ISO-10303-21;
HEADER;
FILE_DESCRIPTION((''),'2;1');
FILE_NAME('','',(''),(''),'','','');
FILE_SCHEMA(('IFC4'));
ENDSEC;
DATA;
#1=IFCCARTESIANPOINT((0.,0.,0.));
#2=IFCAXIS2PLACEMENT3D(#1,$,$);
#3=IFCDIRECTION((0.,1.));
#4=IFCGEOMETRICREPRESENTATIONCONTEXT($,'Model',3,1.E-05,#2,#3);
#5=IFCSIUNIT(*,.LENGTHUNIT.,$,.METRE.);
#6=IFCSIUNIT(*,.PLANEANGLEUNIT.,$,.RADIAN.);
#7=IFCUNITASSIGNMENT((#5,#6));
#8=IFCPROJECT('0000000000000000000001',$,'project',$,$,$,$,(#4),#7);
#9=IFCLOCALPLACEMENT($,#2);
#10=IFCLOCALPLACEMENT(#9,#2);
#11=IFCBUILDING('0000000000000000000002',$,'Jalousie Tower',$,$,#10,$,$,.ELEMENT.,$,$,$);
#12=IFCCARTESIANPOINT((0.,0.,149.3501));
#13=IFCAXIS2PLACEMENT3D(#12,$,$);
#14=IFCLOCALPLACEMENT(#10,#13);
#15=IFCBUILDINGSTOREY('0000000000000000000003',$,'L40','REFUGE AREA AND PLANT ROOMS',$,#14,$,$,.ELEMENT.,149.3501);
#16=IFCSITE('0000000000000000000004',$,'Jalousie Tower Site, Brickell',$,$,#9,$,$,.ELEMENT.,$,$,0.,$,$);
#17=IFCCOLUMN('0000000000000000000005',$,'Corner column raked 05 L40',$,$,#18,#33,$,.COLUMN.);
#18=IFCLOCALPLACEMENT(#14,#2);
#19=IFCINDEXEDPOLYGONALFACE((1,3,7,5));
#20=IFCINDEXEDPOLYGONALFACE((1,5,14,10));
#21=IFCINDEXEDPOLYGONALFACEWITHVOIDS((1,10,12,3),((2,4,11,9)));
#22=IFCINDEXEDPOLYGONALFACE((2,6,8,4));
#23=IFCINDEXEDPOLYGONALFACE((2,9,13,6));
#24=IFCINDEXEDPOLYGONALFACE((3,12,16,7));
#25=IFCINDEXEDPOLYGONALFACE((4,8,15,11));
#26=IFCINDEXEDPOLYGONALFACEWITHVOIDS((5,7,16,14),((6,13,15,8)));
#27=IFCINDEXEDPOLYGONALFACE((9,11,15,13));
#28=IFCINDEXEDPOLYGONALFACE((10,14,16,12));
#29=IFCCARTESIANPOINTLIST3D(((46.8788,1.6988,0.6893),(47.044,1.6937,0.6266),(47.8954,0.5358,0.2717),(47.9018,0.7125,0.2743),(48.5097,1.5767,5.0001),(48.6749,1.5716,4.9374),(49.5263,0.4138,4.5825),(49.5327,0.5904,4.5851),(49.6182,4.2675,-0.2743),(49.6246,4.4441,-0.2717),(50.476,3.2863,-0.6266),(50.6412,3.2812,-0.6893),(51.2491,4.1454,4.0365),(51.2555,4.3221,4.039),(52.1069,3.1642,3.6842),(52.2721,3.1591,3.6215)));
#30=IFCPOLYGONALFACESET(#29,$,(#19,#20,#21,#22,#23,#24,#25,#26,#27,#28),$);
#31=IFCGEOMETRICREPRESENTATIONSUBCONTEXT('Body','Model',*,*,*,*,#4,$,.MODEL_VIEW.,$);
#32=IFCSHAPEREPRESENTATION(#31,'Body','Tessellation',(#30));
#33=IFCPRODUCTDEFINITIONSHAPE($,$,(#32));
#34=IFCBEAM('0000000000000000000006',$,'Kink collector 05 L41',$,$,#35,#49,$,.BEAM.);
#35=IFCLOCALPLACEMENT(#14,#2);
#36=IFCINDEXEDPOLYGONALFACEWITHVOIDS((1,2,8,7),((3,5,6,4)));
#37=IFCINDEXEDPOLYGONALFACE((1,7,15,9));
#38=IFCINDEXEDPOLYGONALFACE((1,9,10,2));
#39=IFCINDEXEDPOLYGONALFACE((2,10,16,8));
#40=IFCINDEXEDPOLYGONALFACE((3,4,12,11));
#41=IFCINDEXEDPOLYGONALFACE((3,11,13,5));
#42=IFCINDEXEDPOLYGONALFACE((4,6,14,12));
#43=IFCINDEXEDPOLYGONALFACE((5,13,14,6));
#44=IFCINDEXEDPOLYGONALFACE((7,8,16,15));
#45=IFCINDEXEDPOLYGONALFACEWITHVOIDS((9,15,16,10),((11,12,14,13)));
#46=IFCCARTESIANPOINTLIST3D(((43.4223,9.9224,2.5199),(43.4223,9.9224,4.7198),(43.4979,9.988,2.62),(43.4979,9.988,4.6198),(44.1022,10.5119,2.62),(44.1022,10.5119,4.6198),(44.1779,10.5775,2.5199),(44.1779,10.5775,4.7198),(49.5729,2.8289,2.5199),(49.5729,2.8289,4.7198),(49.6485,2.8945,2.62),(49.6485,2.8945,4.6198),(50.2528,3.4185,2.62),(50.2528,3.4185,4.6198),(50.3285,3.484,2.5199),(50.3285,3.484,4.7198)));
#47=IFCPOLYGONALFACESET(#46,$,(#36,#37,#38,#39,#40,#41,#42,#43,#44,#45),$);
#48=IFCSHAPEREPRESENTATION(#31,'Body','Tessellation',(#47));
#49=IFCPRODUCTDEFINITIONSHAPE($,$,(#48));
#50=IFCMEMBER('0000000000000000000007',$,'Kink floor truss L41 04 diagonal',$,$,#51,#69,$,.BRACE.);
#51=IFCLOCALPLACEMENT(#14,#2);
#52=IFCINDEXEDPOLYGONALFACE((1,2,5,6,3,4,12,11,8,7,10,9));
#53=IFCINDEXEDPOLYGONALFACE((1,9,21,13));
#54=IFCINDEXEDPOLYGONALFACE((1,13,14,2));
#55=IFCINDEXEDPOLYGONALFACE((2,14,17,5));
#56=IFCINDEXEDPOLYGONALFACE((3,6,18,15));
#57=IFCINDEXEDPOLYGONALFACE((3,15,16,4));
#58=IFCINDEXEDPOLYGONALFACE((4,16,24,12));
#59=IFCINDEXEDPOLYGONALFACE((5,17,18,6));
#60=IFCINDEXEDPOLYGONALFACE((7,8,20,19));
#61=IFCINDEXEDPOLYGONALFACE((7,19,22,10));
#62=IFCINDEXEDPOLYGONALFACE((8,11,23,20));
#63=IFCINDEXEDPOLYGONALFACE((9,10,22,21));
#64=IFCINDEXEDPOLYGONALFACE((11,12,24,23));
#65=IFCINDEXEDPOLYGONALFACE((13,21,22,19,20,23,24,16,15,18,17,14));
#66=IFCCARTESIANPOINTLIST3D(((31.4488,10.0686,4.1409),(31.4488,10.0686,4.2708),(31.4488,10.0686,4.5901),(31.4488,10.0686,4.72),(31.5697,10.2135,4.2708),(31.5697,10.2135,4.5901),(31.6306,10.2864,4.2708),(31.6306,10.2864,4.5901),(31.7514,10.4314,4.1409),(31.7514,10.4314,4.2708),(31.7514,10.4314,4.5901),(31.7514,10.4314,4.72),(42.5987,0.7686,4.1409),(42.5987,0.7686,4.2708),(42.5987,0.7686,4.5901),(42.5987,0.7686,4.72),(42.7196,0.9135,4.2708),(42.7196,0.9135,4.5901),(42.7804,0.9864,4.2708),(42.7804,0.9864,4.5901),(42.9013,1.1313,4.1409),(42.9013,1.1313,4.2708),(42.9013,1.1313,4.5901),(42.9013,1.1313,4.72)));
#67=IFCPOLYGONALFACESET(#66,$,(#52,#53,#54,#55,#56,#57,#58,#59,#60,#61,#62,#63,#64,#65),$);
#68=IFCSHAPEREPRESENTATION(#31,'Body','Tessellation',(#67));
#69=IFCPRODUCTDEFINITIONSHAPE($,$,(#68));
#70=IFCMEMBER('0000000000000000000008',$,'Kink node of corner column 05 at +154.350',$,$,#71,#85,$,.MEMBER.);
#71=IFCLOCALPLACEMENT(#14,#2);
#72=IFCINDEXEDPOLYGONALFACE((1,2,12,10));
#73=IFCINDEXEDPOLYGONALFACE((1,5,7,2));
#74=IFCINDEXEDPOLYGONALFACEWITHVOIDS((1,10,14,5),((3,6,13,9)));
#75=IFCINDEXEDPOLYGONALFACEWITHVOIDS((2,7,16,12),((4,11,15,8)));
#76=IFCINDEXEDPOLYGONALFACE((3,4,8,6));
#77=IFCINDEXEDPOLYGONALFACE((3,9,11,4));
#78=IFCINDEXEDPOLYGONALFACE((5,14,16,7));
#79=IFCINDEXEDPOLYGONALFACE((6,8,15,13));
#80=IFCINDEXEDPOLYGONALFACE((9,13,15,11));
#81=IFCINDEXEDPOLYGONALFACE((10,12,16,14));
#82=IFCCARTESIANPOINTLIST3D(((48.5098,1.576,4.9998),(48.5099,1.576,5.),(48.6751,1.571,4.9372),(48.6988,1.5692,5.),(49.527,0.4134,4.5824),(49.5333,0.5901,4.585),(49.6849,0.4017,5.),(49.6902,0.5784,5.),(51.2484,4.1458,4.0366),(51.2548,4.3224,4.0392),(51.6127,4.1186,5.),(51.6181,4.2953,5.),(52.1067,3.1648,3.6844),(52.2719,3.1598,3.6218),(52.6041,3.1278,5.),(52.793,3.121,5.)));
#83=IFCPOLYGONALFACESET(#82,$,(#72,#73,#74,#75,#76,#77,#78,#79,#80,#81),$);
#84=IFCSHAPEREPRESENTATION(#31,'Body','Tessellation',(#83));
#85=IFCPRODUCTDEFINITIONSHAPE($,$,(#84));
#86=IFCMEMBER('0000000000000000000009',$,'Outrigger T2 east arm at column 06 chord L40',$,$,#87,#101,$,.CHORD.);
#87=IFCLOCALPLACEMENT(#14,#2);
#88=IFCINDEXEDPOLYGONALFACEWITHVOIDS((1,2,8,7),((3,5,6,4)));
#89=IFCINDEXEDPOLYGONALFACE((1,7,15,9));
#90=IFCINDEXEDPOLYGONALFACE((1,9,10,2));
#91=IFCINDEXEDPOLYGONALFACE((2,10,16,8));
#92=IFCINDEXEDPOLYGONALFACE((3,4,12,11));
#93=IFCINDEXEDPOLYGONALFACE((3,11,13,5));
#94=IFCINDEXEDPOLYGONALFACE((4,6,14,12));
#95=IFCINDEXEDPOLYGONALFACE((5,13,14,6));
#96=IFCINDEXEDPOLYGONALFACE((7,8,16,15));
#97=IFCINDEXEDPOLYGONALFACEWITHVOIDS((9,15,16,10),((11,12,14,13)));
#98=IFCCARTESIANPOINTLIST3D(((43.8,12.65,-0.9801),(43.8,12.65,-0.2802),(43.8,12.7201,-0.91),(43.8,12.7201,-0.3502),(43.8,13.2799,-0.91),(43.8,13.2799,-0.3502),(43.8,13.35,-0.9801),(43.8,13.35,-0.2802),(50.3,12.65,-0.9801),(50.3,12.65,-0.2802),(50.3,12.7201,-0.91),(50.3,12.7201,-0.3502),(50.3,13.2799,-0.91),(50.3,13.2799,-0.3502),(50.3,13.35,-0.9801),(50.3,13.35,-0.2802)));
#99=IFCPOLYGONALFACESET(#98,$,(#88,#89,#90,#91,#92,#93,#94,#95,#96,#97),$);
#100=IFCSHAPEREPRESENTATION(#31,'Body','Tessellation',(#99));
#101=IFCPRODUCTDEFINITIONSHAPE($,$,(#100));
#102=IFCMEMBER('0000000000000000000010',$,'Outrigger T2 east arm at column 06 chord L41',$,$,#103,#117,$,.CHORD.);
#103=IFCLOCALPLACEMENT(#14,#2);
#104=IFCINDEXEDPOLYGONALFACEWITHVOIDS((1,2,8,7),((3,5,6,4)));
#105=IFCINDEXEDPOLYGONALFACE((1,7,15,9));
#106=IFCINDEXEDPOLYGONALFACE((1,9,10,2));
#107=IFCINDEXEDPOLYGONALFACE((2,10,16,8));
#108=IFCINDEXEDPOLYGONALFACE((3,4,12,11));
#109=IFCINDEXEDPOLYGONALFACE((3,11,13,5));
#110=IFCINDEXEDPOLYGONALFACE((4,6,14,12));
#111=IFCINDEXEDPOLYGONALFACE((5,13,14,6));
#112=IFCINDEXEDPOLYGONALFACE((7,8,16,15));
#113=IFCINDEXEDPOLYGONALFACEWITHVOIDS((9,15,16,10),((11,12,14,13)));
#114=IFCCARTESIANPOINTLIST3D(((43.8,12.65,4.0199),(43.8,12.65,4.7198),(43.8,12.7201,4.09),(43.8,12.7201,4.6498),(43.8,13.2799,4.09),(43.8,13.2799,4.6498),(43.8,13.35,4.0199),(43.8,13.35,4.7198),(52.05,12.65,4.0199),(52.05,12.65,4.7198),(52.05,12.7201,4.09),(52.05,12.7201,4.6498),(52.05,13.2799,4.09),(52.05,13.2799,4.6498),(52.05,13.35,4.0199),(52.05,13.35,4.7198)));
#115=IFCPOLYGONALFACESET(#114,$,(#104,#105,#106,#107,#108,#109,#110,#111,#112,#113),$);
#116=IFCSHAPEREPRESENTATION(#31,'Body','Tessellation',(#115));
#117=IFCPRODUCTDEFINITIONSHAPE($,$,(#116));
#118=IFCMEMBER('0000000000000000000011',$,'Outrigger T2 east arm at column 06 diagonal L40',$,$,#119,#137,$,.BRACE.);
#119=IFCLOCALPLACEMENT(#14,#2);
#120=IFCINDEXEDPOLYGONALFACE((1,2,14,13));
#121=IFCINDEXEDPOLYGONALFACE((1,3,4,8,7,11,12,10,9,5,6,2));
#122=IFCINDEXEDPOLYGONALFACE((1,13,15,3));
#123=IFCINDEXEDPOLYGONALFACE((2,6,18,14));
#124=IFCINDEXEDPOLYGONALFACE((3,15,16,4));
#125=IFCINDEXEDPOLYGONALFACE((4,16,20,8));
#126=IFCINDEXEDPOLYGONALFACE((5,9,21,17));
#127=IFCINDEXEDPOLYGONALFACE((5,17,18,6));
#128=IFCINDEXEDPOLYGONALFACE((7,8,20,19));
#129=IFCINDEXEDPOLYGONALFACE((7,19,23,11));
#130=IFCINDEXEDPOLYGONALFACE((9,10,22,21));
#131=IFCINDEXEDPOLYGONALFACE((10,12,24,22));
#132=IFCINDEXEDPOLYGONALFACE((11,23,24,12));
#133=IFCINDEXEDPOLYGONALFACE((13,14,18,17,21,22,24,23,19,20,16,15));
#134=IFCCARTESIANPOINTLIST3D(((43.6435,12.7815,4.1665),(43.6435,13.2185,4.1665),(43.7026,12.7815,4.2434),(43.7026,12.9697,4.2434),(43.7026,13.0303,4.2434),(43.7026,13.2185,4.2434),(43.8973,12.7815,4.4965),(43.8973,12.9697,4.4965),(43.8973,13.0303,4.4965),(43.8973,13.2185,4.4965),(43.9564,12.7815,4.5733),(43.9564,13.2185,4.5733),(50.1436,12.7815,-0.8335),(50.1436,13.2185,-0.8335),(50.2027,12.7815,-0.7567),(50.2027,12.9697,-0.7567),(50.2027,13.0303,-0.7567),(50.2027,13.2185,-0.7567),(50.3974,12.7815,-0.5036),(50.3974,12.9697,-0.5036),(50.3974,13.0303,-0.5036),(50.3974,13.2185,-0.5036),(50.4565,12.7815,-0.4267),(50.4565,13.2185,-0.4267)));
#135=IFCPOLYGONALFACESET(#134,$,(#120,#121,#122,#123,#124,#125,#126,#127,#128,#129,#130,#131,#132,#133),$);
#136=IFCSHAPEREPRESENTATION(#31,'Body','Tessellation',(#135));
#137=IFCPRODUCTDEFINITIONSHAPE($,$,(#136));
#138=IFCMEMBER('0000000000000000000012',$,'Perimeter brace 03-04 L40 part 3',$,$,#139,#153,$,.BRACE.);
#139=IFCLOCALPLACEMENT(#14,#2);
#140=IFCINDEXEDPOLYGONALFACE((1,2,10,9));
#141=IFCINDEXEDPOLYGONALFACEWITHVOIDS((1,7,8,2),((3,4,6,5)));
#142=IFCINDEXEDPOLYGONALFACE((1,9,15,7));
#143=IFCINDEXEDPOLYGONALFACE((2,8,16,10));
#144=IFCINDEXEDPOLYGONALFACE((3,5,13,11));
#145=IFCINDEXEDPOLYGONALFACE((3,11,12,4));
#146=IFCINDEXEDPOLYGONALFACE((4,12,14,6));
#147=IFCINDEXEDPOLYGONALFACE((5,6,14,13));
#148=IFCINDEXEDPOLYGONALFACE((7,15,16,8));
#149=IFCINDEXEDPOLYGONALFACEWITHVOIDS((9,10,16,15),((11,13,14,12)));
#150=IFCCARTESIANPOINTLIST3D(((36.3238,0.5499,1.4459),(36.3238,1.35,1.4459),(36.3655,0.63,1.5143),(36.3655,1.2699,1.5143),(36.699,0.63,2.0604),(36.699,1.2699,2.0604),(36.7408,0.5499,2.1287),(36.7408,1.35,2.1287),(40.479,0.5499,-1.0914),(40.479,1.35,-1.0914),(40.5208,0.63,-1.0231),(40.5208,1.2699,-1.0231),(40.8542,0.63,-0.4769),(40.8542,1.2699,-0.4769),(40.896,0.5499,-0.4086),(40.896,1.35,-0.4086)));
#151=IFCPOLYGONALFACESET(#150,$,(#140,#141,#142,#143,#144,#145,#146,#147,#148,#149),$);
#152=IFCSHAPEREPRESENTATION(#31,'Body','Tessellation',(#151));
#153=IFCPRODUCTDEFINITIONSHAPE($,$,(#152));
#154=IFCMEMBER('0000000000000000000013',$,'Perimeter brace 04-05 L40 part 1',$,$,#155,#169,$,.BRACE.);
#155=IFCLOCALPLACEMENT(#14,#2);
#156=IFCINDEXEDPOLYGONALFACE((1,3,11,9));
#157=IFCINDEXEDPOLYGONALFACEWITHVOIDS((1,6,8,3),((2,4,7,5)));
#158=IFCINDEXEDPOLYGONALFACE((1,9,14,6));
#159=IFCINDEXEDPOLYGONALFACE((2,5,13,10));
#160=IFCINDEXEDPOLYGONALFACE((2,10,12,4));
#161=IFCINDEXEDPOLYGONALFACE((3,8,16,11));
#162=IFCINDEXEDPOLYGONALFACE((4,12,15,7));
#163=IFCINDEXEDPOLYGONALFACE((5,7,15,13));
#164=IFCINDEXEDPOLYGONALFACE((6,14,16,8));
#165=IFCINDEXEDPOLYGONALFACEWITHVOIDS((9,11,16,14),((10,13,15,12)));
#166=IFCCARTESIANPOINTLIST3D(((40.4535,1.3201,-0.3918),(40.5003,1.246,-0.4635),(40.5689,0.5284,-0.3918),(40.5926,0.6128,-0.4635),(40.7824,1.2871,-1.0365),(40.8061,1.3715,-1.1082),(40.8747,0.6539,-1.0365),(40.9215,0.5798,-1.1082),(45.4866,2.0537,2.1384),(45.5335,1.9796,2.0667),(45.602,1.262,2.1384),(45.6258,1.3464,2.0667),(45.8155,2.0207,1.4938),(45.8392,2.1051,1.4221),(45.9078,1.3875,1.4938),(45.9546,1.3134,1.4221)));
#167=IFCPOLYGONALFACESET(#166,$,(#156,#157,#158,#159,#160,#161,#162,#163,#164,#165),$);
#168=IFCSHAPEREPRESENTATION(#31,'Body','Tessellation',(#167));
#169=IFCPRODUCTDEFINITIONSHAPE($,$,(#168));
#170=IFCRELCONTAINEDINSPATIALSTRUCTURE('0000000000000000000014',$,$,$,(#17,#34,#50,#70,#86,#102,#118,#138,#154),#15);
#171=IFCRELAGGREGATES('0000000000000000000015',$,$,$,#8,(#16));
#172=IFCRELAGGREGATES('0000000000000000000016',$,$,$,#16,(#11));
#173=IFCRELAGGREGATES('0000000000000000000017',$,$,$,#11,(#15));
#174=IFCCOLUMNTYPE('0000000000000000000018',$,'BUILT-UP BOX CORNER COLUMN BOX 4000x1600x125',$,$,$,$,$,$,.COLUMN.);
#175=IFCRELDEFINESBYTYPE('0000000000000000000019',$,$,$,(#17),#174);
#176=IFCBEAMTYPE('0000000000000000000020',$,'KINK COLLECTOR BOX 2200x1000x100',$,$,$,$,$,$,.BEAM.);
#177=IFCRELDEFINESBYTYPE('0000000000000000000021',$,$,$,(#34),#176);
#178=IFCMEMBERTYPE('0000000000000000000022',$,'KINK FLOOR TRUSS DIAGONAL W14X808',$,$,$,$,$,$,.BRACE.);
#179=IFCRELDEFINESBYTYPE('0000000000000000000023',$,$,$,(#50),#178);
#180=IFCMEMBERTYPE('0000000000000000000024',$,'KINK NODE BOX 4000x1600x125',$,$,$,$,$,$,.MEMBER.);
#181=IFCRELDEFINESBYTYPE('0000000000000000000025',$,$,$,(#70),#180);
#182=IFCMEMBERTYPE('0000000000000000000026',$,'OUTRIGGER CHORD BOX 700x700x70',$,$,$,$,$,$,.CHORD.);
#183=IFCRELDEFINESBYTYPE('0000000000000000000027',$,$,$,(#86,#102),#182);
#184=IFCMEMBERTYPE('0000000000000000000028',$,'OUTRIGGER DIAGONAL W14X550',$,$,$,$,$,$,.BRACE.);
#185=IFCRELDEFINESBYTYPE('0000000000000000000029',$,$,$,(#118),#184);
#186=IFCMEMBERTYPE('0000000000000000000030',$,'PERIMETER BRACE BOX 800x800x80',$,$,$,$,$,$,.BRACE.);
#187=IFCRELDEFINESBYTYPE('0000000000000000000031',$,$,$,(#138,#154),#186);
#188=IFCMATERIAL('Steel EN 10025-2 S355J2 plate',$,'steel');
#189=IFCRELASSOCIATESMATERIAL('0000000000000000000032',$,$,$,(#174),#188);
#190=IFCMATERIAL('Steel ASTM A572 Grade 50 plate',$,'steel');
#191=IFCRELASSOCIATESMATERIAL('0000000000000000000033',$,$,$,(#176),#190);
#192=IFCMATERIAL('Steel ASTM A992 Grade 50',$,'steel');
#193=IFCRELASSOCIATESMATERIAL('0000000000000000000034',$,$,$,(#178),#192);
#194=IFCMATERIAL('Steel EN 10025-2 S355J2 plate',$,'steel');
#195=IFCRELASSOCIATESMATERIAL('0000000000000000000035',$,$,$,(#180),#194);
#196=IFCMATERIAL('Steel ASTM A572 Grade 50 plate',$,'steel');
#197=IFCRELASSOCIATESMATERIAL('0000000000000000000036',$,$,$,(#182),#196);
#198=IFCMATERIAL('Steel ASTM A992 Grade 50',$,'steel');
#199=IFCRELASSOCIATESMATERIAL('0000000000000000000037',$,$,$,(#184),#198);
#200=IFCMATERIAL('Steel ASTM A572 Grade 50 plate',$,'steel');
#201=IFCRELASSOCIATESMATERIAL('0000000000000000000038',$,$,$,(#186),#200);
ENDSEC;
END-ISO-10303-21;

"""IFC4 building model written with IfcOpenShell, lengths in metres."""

from ifc_helpers import new_model, si_unit, direction, frame, origin, origin_2d, place, context, subcontext, project, spatial, hollow_rectangle, i_section, extrude, clip, halfspace, material, material_profile, profile_set, type_object, element, save


model = new_model("IFC4")

# Units and contexts
model_context = context("Model", 3, precision=1e-05, world=origin(), true_north=direction((0.0, 1.0)))
body_context = subcontext(model_context, "Body", "Model", "MODEL_VIEW")
ifc_project = project(units=[si_unit("LENGTHUNIT", "METRE"), si_unit("PLANEANGLEUNIT", "RADIAN")], contexts=[model_context])

# Site, building, storey
site_placement = place(None, origin())
site = spatial("IfcSite", under=ifc_project, at=site_placement, Name="Jalousie Tower Site, Brickell", CompositionType="ELEMENT", RefElevation=0.0)
building_placement = place(site_placement, origin())
building = spatial("IfcBuilding", under=site, at=building_placement, Name="Jalousie Tower", CompositionType="ELEMENT")
storey_placement = place(building_placement, frame((0.0, 0.0, 149.3501)))
storey = spatial("IfcBuildingStorey", under=building, at=storey_placement, Name="L40", Description="REFUGE AREA AND PLANT ROOMS", CompositionType="ELEMENT", Elevation=149.3501)

# Column
ifc_material_1 = material(Name="Steel EN 10025-2 S355J2 plate", Category="steel")
ifc_material_profile_1 = material_profile(ifc_material_1, hollow_rectangle(XDim=1.6001, YDim=4.0, WallThickness=0.125, at=origin_2d()), Name="BOX 4000x1600x125")
ifc_profile_set_1 = profile_set([ifc_material_profile_1], Name="Steel EN 10025-2 S355J2 plate")
column_type = type_object("IfcColumnType", Name="BUILT-UP BOX CORNER COLUMN BOX 4000x1600x125", PredefinedType="COLUMN", material=ifc_profile_set_1)
column_placement = place(storey_placement, frame((48.76, 2.49, 0.0), z_axis=(0.353721, -0.026479, 0.934976), x_axis=(-0.635349, 0.7268, 0.260949)))
element("IfcColumn", 1, at=column_placement, inside=storey, type_object=column_type, Name="Corner column raked 05 L40", PredefinedType="COLUMN", context=body_context, shape_type="SweptSolid", body=[
    extrude(hollow_rectangle(XDim=1.6001, YDim=4.0, WallThickness=0.125, at=origin_2d()), origin(), (0.0, 0.0, 1.0), 4.6106),
])

# Beam
ifc_material_2 = material(Name="Steel ASTM A572 Grade 50 plate", Category="steel")
ifc_material_profile_2 = material_profile(ifc_material_2, hollow_rectangle(XDim=1.0, YDim=2.2, WallThickness=0.1001, at=origin_2d()), Name="BOX 2200x1000x100")
ifc_profile_set_2 = profile_set([ifc_material_profile_2], Name="Steel ASTM A572 Grade 50 plate")
beam_type_1 = type_object("IfcBeamType", Name="KINK COLLECTOR BOX 2200x1000x100", PredefinedType="BEAM", material=ifc_profile_set_2)
beam_1_placement = place(storey_placement, frame((49.9507, 3.1565, 3.6199), z_axis=(-0.655109, 0.755535, 0.0), x_axis=(-0.755535, -0.655109, 0.0)))
element("IfcBeam", 2, at=beam_1_placement, inside=storey, type_object=beam_type_1, Name="Kink collector 05 L41", PredefinedType="BEAM", context=body_context, shape_type="SweptSolid", body=[
    extrude(hollow_rectangle(XDim=1.0, YDim=2.2, WallThickness=0.1001, at=origin_2d()), origin(), (0.0, 0.0, 1.0), 9.3887),
])

# Members
ifc_material_3 = material(Name="Steel ASTM A992 Grade 50", Category="steel")
ifc_material_profile_3 = material_profile(ifc_material_3, i_section(OverallWidth=0.4724, OverallDepth=0.5791, WebThickness=0.095, FlangeThickness=0.1299, at=origin_2d()), Name="W14X808")
ifc_profile_set_3 = profile_set([ifc_material_profile_3], Name="Steel ASTM A992 Grade 50")
member_type_1 = type_object("IfcMemberType", Name="KINK FLOOR TRUSS DIAGONAL W14X808", PredefinedType="BRACE", material=ifc_profile_set_3)
member_1_placement = place(storey_placement, frame((42.75, 0.95, 4.4304), z_axis=(-0.767935, 0.640528, 0.0), x_axis=(-0.640528, -0.767935, 0.0)))
element("IfcMember", 3, at=member_1_placement, inside=storey, type_object=member_type_1, Name="Kink floor truss L41 04 diagonal", PredefinedType="BRACE", context=body_context, shape_type="SweptSolid", body=[
    extrude(i_section(OverallWidth=0.4724, OverallDepth=0.5791, WebThickness=0.095, FlangeThickness=0.1299, at=origin_2d()), origin(), (0.0, 0.0, 1.0), 14.5193),
])
ifc_material_4 = material(Name="Steel EN 10025-2 S355J2 plate", Category="steel")
ifc_material_profile_4 = material_profile(ifc_material_4, hollow_rectangle(XDim=1.6001, YDim=4.0, WallThickness=0.125, at=origin_2d()), Name="BOX 4000x1600x125")
ifc_profile_set_4 = profile_set([ifc_material_profile_4], Name="Steel EN 10025-2 S355J2 plate")
member_type_2 = type_object("IfcMemberType", Name="KINK NODE BOX 4000x1600x125", PredefinedType="MEMBER", material=ifc_profile_set_4)
member_2_placement = place(storey_placement, frame((50.3909, 2.3679, 4.3108), z_axis=(0.353578, -0.026332, 0.935035), x_axis=(-0.63567, 0.72656, 0.260836)))
element("IfcMember", 4, at=member_2_placement, inside=storey, type_object=member_type_2, Name="Kink node of corner column 05 at +154.350", PredefinedType="MEMBER", context=body_context, shape_type="Clipping", body=[
    clip(extrude(hollow_rectangle(XDim=1.6001, YDim=4.0, WallThickness=0.125, at=origin_2d()), origin(), (0.0, 0.0, 1.0), 1.4741), halfspace(frame((0.0, 0.0, 0.7371), z_axis=(0.260836, 0.240157, 0.935035)), False)),
])
ifc_material_5 = material(Name="Steel ASTM A572 Grade 50 plate", Category="steel")
ifc_material_profile_5 = material_profile(ifc_material_5, hollow_rectangle(XDim=0.7, YDim=0.7, WallThickness=0.0701, at=origin_2d()), Name="BOX 700x700x70")
ifc_profile_set_5 = profile_set([ifc_material_profile_5], Name="Steel ASTM A572 Grade 50 plate")
member_type_3 = type_object("IfcMemberType", Name="OUTRIGGER CHORD BOX 700x700x70", PredefinedType="CHORD", material=ifc_profile_set_5)
member_3_placement = place(storey_placement, frame((50.3, 13.0, -0.6301), z_axis=(-1.0, 0.0, 0.0), x_axis=(0.0, -1.0, 0.0)))
element("IfcMember", 5, at=member_3_placement, inside=storey, type_object=member_type_3, Name="Outrigger T2 east arm at column 06 chord L40", PredefinedType="CHORD", context=body_context, shape_type="SweptSolid", body=[
    extrude(hollow_rectangle(XDim=0.7, YDim=0.7, WallThickness=0.0701, at=origin_2d()), origin(), (0.0, 0.0, 1.0), 6.5),
])
member_4_placement = place(storey_placement, frame((52.05, 13.0, 4.3699), z_axis=(-1.0, 0.0, 0.0), x_axis=(0.0, -1.0, 0.0)))
element("IfcMember", 6, at=member_4_placement, inside=storey, type_object=member_type_3, Name="Outrigger T2 east arm at column 06 chord L41", PredefinedType="CHORD", context=body_context, shape_type="SweptSolid", body=[
    extrude(hollow_rectangle(XDim=0.7, YDim=0.7, WallThickness=0.0701, at=origin_2d()), origin(), (0.0, 0.0, 1.0), 8.25),
])
ifc_material_6 = material(Name="Steel ASTM A992 Grade 50", Category="steel")
ifc_material_profile_6 = material_profile(ifc_material_6, i_section(OverallWidth=0.437, OverallDepth=0.5132, WebThickness=0.0605, FlangeThickness=0.0969, at=origin_2d()), Name="W14X550")
ifc_profile_set_6 = profile_set([ifc_material_profile_6], Name="Steel ASTM A992 Grade 50")
member_type_4 = type_object("IfcMemberType", Name="OUTRIGGER DIAGONAL W14X550", PredefinedType="BRACE", material=ifc_profile_set_6)
member_5_placement = place(storey_placement, frame((50.3, 13.0, -0.6301), z_axis=(-0.792624, 0.0, 0.609711), x_axis=(0.0, -1.0, 0.0)))
element("IfcMember", 7, at=member_5_placement, inside=storey, type_object=member_type_4, Name="Outrigger T2 east arm at column 06 diagonal L40", PredefinedType="BRACE", context=body_context, shape_type="SweptSolid", body=[
    extrude(i_section(OverallWidth=0.437, OverallDepth=0.5132, WebThickness=0.0605, FlangeThickness=0.0969, at=origin_2d()), origin(), (0.0, 0.0, 1.0), 8.2007),
])
ifc_material_7 = material(Name="Steel ASTM A572 Grade 50 plate", Category="steel")
ifc_material_profile_7 = material_profile(ifc_material_7, hollow_rectangle(XDim=0.8, YDim=0.8, WallThickness=0.0801, at=origin_2d()), Name="BOX 800x800x80")
ifc_profile_set_7 = profile_set([ifc_material_profile_7], Name="Steel ASTM A572 Grade 50 plate")
member_type_5 = type_object("IfcMemberType", Name="PERIMETER BRACE BOX 800x800x80", PredefinedType="BRACE", material=ifc_profile_set_7)
member_6_placement = place(storey_placement, frame((40.6875, 0.95, -0.75), z_axis=(-0.853463, 0.0, 0.521154), x_axis=(0.0, -1.0, 0.0)))
element("IfcMember", 8, at=member_6_placement, inside=storey, type_object=member_type_5, Name="Perimeter brace 03-04 L40 part 3", PredefinedType="BRACE", context=body_context, shape_type="SweptSolid", body=[
    extrude(hollow_rectangle(XDim=0.8, YDim=0.8, WallThickness=0.0801, at=origin_2d()), origin(), (0.0, 0.0, 1.0), 4.8687),
])
member_7_placement = place(storey_placement, frame((40.6875, 0.95, -0.75), z_axis=(0.885973, 0.12914, 0.445393), x_axis=(-0.144236, 0.989543, 0.0)))
element("IfcMember", 9, at=member_7_placement, inside=storey, type_object=member_type_5, Name="Perimeter brace 04-05 L40 part 1", PredefinedType="BRACE", context=body_context, shape_type="SweptSolid", body=[
    extrude(hollow_rectangle(XDim=0.8, YDim=0.8, WallThickness=0.0801, at=origin_2d()), origin(), (0.0, 0.0, 1.0), 5.6809),
])

save(model, "model.ifc")
